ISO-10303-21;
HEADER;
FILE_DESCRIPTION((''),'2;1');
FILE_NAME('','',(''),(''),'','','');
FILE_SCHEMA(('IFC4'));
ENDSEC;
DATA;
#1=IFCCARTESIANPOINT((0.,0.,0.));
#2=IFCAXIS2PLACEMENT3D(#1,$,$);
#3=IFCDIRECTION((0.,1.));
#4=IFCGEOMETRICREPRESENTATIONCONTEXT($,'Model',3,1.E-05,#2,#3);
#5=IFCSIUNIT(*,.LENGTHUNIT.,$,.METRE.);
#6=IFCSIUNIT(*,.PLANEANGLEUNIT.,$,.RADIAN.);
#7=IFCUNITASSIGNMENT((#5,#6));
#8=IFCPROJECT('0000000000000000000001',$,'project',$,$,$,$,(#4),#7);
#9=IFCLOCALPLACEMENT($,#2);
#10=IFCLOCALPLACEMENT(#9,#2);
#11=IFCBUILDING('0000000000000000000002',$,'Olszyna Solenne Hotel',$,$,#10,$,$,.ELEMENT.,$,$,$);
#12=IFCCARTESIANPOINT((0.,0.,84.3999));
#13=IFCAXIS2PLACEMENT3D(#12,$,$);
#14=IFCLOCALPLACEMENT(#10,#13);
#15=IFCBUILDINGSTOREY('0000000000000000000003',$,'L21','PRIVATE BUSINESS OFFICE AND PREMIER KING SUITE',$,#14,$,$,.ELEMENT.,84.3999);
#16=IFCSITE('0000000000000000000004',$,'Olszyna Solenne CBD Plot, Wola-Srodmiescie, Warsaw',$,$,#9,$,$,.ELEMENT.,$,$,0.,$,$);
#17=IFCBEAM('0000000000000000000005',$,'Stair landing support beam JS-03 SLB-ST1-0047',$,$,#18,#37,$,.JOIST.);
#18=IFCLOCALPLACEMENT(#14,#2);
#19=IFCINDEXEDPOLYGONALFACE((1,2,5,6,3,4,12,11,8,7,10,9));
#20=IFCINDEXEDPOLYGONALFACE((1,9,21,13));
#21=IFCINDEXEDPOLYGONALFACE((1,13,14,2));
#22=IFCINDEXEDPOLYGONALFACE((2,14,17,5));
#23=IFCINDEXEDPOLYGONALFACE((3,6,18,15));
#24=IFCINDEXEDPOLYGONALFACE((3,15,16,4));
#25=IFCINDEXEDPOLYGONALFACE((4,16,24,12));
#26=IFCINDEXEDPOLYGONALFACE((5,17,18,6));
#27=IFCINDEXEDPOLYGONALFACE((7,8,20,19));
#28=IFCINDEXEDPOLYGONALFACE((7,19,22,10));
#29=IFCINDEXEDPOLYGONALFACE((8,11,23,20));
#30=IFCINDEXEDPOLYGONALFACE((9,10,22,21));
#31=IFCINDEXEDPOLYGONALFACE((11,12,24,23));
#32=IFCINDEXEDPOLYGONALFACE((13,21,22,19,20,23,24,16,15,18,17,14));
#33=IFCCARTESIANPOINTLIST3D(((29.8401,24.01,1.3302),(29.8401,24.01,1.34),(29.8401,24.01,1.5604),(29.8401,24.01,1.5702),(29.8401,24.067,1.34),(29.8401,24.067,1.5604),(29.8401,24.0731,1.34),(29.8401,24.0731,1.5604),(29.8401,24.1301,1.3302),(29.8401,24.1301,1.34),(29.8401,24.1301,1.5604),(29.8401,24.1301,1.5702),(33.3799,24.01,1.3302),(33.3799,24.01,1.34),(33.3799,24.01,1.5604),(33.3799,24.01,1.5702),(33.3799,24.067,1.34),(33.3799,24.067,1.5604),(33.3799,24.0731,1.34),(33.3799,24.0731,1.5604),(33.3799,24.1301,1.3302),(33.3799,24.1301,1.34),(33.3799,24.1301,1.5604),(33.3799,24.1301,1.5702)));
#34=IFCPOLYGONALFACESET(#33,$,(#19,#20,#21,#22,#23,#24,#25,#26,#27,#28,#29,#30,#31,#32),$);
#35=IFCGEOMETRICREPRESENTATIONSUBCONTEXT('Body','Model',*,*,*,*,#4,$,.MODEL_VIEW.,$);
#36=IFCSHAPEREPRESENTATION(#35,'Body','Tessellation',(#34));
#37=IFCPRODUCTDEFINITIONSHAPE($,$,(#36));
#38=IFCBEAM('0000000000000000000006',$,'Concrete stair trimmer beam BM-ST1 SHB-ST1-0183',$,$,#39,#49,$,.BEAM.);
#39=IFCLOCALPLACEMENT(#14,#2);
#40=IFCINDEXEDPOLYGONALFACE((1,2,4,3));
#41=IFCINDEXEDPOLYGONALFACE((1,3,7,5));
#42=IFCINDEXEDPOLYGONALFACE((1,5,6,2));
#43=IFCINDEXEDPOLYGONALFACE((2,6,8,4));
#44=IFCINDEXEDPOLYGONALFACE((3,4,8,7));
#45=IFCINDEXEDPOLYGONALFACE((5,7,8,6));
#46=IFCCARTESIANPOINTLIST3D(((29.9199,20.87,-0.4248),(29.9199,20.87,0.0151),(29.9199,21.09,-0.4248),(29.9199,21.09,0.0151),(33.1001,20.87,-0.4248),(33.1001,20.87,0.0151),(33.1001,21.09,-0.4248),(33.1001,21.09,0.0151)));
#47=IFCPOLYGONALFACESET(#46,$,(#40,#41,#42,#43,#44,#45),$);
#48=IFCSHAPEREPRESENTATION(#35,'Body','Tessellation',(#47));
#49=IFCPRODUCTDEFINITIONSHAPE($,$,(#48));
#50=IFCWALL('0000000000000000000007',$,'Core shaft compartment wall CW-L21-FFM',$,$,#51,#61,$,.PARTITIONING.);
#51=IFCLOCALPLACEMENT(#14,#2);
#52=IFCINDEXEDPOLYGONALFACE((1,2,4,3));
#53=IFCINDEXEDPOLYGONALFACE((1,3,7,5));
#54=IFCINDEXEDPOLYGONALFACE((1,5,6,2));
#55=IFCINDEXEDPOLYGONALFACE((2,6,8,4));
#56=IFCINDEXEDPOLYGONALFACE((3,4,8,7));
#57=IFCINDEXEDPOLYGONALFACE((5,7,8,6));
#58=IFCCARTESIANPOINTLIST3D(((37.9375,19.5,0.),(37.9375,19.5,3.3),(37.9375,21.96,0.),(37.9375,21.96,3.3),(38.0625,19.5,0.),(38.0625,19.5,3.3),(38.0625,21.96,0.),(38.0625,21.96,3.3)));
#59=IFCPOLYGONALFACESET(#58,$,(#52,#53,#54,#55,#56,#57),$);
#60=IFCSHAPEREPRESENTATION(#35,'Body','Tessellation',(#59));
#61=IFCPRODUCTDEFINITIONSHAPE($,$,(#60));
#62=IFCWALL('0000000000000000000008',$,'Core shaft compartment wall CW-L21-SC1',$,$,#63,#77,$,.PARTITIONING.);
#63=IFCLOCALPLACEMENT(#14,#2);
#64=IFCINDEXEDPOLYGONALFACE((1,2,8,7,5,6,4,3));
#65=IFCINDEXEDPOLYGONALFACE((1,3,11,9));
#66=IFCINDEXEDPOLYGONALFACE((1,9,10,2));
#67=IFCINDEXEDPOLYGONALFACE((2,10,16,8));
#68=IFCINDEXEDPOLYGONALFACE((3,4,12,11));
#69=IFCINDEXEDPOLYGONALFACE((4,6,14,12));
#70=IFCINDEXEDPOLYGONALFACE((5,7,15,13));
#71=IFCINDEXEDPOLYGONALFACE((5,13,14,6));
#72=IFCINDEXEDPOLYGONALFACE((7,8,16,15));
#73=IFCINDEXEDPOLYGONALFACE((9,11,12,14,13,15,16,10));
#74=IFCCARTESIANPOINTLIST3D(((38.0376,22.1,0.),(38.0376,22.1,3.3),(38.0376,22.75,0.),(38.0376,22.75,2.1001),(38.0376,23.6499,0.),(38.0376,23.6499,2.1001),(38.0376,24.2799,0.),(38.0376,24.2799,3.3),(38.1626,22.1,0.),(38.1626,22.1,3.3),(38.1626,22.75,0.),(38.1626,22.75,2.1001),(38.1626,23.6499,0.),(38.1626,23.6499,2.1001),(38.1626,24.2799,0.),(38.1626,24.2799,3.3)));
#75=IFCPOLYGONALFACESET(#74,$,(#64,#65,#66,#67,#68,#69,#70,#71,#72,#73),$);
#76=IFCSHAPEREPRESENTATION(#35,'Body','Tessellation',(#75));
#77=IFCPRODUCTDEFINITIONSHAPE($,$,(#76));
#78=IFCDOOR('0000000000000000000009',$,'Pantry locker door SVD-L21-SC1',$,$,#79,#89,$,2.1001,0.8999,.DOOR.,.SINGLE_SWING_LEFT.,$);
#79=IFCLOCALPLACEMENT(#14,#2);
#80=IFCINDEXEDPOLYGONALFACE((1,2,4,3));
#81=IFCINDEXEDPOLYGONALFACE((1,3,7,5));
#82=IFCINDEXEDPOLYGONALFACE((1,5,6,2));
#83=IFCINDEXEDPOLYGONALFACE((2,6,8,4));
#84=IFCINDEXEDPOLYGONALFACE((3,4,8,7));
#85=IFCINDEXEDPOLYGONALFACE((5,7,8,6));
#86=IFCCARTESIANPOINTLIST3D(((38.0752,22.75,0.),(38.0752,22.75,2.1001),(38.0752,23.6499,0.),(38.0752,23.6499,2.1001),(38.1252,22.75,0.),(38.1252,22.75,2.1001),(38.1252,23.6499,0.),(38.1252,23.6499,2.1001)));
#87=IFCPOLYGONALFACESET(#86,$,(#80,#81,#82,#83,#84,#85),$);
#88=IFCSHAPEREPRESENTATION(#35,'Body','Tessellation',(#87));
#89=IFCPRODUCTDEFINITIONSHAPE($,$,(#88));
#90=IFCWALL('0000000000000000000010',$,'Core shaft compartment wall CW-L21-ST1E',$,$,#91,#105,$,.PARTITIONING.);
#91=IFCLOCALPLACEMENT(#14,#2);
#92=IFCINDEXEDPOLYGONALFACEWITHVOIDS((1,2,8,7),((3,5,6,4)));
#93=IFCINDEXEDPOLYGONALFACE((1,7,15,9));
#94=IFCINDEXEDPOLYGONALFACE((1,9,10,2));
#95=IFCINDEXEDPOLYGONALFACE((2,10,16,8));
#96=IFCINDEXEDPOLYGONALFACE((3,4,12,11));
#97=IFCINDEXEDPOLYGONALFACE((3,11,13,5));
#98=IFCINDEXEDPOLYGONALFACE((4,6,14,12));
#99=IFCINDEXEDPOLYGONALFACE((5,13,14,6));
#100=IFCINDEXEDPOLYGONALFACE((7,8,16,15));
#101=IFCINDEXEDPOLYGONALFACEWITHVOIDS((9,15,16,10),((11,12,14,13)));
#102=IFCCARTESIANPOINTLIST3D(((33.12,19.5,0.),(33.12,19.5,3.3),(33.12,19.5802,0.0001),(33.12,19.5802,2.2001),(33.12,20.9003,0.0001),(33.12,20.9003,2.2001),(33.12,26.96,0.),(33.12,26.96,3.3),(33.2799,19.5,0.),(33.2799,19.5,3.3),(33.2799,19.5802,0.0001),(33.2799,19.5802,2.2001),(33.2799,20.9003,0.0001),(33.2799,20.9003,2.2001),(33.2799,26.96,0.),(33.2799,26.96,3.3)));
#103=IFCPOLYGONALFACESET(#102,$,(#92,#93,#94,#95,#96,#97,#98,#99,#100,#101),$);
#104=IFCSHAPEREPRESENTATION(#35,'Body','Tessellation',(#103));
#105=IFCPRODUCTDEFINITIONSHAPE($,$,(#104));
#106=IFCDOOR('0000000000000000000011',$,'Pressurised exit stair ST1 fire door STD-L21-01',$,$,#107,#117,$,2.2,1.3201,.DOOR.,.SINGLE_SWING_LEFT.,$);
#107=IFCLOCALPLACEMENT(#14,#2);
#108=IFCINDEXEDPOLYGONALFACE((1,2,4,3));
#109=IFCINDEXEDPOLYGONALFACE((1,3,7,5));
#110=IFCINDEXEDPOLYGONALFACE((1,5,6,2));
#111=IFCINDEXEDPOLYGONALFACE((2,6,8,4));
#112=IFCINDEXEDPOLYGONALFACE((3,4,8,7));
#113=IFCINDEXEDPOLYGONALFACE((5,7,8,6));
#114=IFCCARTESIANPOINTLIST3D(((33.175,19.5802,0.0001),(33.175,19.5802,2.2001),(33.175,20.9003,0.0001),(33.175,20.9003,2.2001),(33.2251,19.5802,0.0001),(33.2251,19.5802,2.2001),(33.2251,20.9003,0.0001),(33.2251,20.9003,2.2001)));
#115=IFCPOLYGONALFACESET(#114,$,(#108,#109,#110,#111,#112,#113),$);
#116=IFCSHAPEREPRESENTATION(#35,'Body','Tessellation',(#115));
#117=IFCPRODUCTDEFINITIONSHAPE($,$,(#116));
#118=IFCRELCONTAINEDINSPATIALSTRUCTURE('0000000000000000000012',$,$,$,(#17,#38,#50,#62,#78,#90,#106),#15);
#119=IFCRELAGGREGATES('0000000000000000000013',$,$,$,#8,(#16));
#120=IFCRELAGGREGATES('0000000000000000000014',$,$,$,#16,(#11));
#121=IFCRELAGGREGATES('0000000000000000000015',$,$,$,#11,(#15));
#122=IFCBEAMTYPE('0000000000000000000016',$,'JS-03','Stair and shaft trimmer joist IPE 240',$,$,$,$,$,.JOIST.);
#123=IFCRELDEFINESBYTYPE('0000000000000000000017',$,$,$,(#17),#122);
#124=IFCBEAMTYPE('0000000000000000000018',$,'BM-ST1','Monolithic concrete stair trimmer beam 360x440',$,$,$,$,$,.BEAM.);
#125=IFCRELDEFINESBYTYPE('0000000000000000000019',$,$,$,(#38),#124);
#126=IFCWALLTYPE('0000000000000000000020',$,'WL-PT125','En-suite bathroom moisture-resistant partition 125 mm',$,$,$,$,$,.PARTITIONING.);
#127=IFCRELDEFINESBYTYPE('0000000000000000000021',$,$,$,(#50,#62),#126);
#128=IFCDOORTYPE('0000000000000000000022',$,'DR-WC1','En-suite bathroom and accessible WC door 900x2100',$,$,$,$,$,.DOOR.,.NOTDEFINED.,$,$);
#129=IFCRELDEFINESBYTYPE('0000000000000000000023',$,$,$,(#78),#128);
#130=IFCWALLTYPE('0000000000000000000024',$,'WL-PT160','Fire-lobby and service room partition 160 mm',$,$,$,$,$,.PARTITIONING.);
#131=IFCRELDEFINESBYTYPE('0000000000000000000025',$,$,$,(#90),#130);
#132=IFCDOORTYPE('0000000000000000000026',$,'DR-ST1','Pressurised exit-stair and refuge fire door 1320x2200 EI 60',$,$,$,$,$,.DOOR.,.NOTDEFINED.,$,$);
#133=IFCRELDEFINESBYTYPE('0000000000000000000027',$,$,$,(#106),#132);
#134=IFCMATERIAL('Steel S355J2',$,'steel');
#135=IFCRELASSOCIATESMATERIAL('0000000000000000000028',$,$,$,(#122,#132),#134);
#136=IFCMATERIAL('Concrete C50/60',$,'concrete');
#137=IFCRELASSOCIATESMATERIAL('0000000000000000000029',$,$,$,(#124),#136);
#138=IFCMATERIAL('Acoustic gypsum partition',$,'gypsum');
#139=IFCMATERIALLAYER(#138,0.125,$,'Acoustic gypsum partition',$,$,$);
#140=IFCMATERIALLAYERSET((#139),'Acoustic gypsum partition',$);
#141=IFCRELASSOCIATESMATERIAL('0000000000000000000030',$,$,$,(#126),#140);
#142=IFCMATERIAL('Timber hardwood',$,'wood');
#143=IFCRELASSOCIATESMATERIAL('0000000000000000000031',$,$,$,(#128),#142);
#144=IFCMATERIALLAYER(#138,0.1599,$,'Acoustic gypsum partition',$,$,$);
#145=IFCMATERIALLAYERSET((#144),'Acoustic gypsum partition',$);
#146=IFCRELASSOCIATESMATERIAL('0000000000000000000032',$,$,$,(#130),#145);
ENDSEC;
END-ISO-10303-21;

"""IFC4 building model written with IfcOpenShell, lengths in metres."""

from ifc_helpers import new_model, si_unit, direction, frame, frame_2d, origin, origin_2d, place, context, subcontext, project, spatial, rectangle, i_section, extrude, source, transform, mapped, material, layer, layer_set, material_profile, profile_set, type_object, type_shapes, element, fill, save


model = new_model("IFC4")

# Units and contexts
model_context = context("Model", 3, precision=1e-05, world=origin(), true_north=direction((0.0, 1.0)))
body_context = subcontext(model_context, "Body", "Model", "MODEL_VIEW")
ifc_project = project(units=[si_unit("LENGTHUNIT", "METRE"), si_unit("PLANEANGLEUNIT", "RADIAN")], contexts=[model_context])

# Site, building, storey
site_placement = place(None, origin())
site = spatial("IfcSite", under=ifc_project, at=site_placement, Name="Olszyna Solenne CBD Plot, Wola-Srodmiescie, Warsaw", CompositionType="ELEMENT", RefElevation=0.0)
building_placement = place(site_placement, origin())
building = spatial("IfcBuilding", under=site, at=building_placement, Name="Olszyna Solenne Hotel", CompositionType="ELEMENT")
storey_placement = place(building_placement, frame((0.0, 0.0, 84.3999)))
storey = spatial("IfcBuildingStorey", under=building, at=storey_placement, Name="L21", Description="PRIVATE BUSINESS OFFICE AND PREMIER KING SUITE", CompositionType="ELEMENT", Elevation=84.3999)

# Beams
ifc_material_1 = material(Name="Steel S355J2", Category="steel")
ifc_material_profile_1 = material_profile(ifc_material_1, i_section(OverallWidth=0.1201, OverallDepth=0.24, WebThickness=0.0061, FlangeThickness=0.0098, at=origin_2d()), Name="IPE 240", Category="load-bearing")
ifc_profile_set_1 = profile_set([ifc_material_profile_1], Name="Steel S355J2")
beam_type_1 = type_object("IfcBeamType", Name="JS-03", Description="Stair and shaft trimmer joist IPE 240", PredefinedType="JOIST", material=ifc_profile_set_1)
shared_shape_1 = source(origin(), body_context, "Body", "SweptSolid", [
    extrude(i_section(OverallWidth=0.1201, OverallDepth=0.24, WebThickness=0.0061, FlangeThickness=0.0098, at=origin_2d()), origin(), (0.0, 0.0, 1.0), 3.5398),
])
beam_1_placement = place(storey_placement, frame((33.3799, 24.0701, 1.4502), z_axis=(-1.0, 0.0, 0.0), x_axis=(0.0, -1.0, 0.0)))
element("IfcBeam", 1, at=beam_1_placement, inside=storey, type_object=beam_type_1, Name="Stair landing support beam JS-03 SLB-ST1-0047", PredefinedType="JOIST", context=body_context, shape_type="MappedRepresentation", body=[
    mapped(shared_shape_1, transform((0.0, 0.0, 0.0), x_axis=(1.0, 0.0, 0.0), y_axis=(0.0, 1.0, 0.0), z_axis=(0.0, 0.0, 1.0), scale=1.0)),
])
ifc_material_2 = material(Name="Concrete C50/60", Category="concrete")
ifc_material_profile_2 = material_profile(ifc_material_2, rectangle(XDim=0.22, YDim=0.4399, at=origin_2d()), Name="RC 220x440", Category="load-bearing")
ifc_profile_set_2 = profile_set([ifc_material_profile_2], Name="Concrete C50/60")
beam_type_2 = type_object("IfcBeamType", Name="BM-ST1", Description="Monolithic concrete stair trimmer beam 360x440", PredefinedType="BEAM", material=ifc_profile_set_2)
shared_shape_2 = source(origin(), body_context, "Body", "SweptSolid", [
    extrude(rectangle(XDim=0.22, YDim=0.4399, at=origin_2d()), origin(), (0.0, 0.0, 1.0), 3.1802),
])
beam_2_placement = place(storey_placement, frame((33.1001, 20.98, -0.2048), z_axis=(-1.0, 0.0, 0.0), x_axis=(0.0, -1.0, 0.0)))
element("IfcBeam", 2, at=beam_2_placement, inside=storey, type_object=beam_type_2, Name="Concrete stair trimmer beam BM-ST1 SHB-ST1-0183", PredefinedType="BEAM", context=body_context, shape_type="MappedRepresentation", body=[
    mapped(shared_shape_2, transform((0.0, 0.0, 0.0), x_axis=(1.0, 0.0, 0.0), y_axis=(0.0, 1.0, 0.0), z_axis=(0.0, 0.0, 1.0), scale=1.0)),
])

# Wall
ifc_material_3 = material(Name="Acoustic gypsum partition", Category="gypsum")
ifc_layer_1 = layer(ifc_material_3, 0.125, Name="Acoustic gypsum partition")
ifc_layer_set_1 = layer_set([ifc_layer_1], Name="Acoustic gypsum partition")
wall_type_1 = type_object("IfcWallType", Name="WL-PT125", Description="En-suite bathroom moisture-resistant partition 125 mm", PredefinedType="PARTITIONING", material=ifc_layer_set_1)
wall_1_placement = place(storey_placement, frame((38.0, 19.5, 0.0), z_axis=(0.0, 0.0, 1.0), x_axis=(0.0, 1.0, 0.0)))
element("IfcWall", 3, at=wall_1_placement, inside=storey, type_object=wall_type_1, Name="Core shaft compartment wall CW-L21-FFM", PredefinedType="PARTITIONING", context=body_context, shape_type="SweptSolid", body=[
    extrude(rectangle(XDim=2.46, YDim=0.125, at=frame_2d((1.23, 0.0))), origin(), (0.0, 0.0, 1.0), 3.3),
])

# Walls, openings, doors
wall_2_placement = place(storey_placement, frame((38.1001, 22.1001, 0.0), z_axis=(0.0, 0.0, 1.0), x_axis=(0.0, 1.0, 0.0)))
wall_2 = element("IfcWall", 4, at=wall_2_placement, inside=storey, type_object=wall_type_1, Name="Core shaft compartment wall CW-L21-SC1", PredefinedType="PARTITIONING", context=body_context, shape_type="SweptSolid", body=[
    extrude(rectangle(XDim=2.1799, YDim=0.125, at=frame_2d((1.0898, 0.0))), origin(), (0.0, 0.0, 1.0), 3.3),
])
opening_1_placement = place(wall_2_placement, frame((0.6499, 0.0, 0.0)))
opening_1 = element("IfcOpeningElement", 5, at=opening_1_placement, cuts=wall_2, PredefinedType="OPENING", context=body_context, shape_type="SweptSolid", body=[
    extrude(rectangle(XDim=0.8999, YDim=2.1001, at=frame_2d((0.45, 1.05))), frame((0.0, 0.0725, 0.0), z_axis=(0.0, -1.0, 0.0), x_axis=(1.0, 0.0, 0.0)), (0.0, 0.0, 1.0), 0.145),
])
ifc_material_4 = material(Name="Timber hardwood", Category="wood")
door_type_1 = type_object("IfcDoorType", Name="DR-WC1", Description="En-suite bathroom and accessible WC door 900x2100", OperationType="NOTDEFINED", PredefinedType="DOOR", material=ifc_material_4)
shared_shape_3 = source(origin(), body_context, "Body", "SweptSolid", [
    extrude(rectangle(XDim=0.8999, YDim=2.1001, at=frame_2d((0.45, 1.05))), frame((0.0, 0.0249, 0.0), z_axis=(0.0, -1.0, 0.0), x_axis=(1.0, 0.0, 0.0)), (0.0, 0.0, 1.0), 0.05),
])
type_shapes(door_type_1, [shared_shape_3])
door_1_placement = place(opening_1_placement, origin())
door_1 = element("IfcDoor", 6, at=door_1_placement, inside=storey, type_object=door_type_1, Name="Pantry locker door SVD-L21-SC1", OperationType="SINGLE_SWING_LEFT", OverallHeight=2.1001, OverallWidth=0.8999, PredefinedType="DOOR", context=body_context, shape_type="MappedRepresentation", body=[
    mapped(shared_shape_3, transform((0.0, 0.0, 0.0), x_axis=(1.0, 0.0, 0.0), y_axis=(0.0, 1.0, 0.0), z_axis=(0.0, 0.0, 1.0), scale=1.0)),
])
fill(opening_1, door_1)
ifc_layer_2 = layer(ifc_material_3, 0.1599, Name="Acoustic gypsum partition")
ifc_layer_set_2 = layer_set([ifc_layer_2], Name="Acoustic gypsum partition")
wall_type_2 = type_object("IfcWallType", Name="WL-PT160", Description="Fire-lobby and service room partition 160 mm", PredefinedType="PARTITIONING", material=ifc_layer_set_2)
wall_3_placement = place(storey_placement, frame((33.2, 19.5, 0.0), z_axis=(0.0, 0.0, 1.0), x_axis=(0.0, 1.0, 0.0)))
wall_3 = element("IfcWall", 7, at=wall_3_placement, inside=storey, type_object=wall_type_2, Name="Core shaft compartment wall CW-L21-ST1E", PredefinedType="PARTITIONING", context=body_context, shape_type="SweptSolid", body=[
    extrude(rectangle(XDim=7.46, YDim=0.1599, at=frame_2d((3.73, 0.0))), origin(), (0.0, 0.0, 1.0), 3.3),
])
opening_2_placement = place(wall_3_placement, frame((0.0801, 0.0, 0.0)))
opening_2 = element("IfcOpeningElement", 8, at=opening_2_placement, cuts=wall_3, PredefinedType="OPENING", context=body_context, shape_type="SweptSolid", body=[
    extrude(rectangle(XDim=1.3201, YDim=2.2, at=frame_2d((0.6602, 1.1001))), frame((0.0, 0.0898, 0.0), z_axis=(0.0, -1.0, 0.0), x_axis=(1.0, 0.0, 0.0)), (0.0, 0.0, 1.0), 0.1799),
])
door_type_2 = type_object("IfcDoorType", Name="DR-ST1", Description="Pressurised exit-stair and refuge fire door 1320x2200 EI 60", OperationType="NOTDEFINED", PredefinedType="DOOR", material=ifc_material_1)
shared_shape_4 = source(origin(), body_context, "Body", "SweptSolid", [
    extrude(rectangle(XDim=1.3201, YDim=2.2, at=frame_2d((0.6602, 1.1001))), frame((0.0, 0.0249, 0.0), z_axis=(0.0, -1.0, 0.0), x_axis=(1.0, 0.0, 0.0)), (0.0, 0.0, 1.0), 0.05),
])
type_shapes(door_type_2, [shared_shape_4])
door_2_placement = place(opening_2_placement, origin())
door_2 = element("IfcDoor", 9, at=door_2_placement, inside=storey, type_object=door_type_2, Name="Pressurised exit stair ST1 fire door STD-L21-01", OperationType="SINGLE_SWING_LEFT", OverallHeight=2.2, OverallWidth=1.3201, PredefinedType="DOOR", context=body_context, shape_type="MappedRepresentation", body=[
    mapped(shared_shape_4, transform((0.0, 0.0, 0.0), x_axis=(1.0, 0.0, 0.0), y_axis=(0.0, 1.0, 0.0), z_axis=(0.0, 0.0, 1.0), scale=1.0)),
])
fill(opening_2, door_2)

save(model, "model.ifc")
